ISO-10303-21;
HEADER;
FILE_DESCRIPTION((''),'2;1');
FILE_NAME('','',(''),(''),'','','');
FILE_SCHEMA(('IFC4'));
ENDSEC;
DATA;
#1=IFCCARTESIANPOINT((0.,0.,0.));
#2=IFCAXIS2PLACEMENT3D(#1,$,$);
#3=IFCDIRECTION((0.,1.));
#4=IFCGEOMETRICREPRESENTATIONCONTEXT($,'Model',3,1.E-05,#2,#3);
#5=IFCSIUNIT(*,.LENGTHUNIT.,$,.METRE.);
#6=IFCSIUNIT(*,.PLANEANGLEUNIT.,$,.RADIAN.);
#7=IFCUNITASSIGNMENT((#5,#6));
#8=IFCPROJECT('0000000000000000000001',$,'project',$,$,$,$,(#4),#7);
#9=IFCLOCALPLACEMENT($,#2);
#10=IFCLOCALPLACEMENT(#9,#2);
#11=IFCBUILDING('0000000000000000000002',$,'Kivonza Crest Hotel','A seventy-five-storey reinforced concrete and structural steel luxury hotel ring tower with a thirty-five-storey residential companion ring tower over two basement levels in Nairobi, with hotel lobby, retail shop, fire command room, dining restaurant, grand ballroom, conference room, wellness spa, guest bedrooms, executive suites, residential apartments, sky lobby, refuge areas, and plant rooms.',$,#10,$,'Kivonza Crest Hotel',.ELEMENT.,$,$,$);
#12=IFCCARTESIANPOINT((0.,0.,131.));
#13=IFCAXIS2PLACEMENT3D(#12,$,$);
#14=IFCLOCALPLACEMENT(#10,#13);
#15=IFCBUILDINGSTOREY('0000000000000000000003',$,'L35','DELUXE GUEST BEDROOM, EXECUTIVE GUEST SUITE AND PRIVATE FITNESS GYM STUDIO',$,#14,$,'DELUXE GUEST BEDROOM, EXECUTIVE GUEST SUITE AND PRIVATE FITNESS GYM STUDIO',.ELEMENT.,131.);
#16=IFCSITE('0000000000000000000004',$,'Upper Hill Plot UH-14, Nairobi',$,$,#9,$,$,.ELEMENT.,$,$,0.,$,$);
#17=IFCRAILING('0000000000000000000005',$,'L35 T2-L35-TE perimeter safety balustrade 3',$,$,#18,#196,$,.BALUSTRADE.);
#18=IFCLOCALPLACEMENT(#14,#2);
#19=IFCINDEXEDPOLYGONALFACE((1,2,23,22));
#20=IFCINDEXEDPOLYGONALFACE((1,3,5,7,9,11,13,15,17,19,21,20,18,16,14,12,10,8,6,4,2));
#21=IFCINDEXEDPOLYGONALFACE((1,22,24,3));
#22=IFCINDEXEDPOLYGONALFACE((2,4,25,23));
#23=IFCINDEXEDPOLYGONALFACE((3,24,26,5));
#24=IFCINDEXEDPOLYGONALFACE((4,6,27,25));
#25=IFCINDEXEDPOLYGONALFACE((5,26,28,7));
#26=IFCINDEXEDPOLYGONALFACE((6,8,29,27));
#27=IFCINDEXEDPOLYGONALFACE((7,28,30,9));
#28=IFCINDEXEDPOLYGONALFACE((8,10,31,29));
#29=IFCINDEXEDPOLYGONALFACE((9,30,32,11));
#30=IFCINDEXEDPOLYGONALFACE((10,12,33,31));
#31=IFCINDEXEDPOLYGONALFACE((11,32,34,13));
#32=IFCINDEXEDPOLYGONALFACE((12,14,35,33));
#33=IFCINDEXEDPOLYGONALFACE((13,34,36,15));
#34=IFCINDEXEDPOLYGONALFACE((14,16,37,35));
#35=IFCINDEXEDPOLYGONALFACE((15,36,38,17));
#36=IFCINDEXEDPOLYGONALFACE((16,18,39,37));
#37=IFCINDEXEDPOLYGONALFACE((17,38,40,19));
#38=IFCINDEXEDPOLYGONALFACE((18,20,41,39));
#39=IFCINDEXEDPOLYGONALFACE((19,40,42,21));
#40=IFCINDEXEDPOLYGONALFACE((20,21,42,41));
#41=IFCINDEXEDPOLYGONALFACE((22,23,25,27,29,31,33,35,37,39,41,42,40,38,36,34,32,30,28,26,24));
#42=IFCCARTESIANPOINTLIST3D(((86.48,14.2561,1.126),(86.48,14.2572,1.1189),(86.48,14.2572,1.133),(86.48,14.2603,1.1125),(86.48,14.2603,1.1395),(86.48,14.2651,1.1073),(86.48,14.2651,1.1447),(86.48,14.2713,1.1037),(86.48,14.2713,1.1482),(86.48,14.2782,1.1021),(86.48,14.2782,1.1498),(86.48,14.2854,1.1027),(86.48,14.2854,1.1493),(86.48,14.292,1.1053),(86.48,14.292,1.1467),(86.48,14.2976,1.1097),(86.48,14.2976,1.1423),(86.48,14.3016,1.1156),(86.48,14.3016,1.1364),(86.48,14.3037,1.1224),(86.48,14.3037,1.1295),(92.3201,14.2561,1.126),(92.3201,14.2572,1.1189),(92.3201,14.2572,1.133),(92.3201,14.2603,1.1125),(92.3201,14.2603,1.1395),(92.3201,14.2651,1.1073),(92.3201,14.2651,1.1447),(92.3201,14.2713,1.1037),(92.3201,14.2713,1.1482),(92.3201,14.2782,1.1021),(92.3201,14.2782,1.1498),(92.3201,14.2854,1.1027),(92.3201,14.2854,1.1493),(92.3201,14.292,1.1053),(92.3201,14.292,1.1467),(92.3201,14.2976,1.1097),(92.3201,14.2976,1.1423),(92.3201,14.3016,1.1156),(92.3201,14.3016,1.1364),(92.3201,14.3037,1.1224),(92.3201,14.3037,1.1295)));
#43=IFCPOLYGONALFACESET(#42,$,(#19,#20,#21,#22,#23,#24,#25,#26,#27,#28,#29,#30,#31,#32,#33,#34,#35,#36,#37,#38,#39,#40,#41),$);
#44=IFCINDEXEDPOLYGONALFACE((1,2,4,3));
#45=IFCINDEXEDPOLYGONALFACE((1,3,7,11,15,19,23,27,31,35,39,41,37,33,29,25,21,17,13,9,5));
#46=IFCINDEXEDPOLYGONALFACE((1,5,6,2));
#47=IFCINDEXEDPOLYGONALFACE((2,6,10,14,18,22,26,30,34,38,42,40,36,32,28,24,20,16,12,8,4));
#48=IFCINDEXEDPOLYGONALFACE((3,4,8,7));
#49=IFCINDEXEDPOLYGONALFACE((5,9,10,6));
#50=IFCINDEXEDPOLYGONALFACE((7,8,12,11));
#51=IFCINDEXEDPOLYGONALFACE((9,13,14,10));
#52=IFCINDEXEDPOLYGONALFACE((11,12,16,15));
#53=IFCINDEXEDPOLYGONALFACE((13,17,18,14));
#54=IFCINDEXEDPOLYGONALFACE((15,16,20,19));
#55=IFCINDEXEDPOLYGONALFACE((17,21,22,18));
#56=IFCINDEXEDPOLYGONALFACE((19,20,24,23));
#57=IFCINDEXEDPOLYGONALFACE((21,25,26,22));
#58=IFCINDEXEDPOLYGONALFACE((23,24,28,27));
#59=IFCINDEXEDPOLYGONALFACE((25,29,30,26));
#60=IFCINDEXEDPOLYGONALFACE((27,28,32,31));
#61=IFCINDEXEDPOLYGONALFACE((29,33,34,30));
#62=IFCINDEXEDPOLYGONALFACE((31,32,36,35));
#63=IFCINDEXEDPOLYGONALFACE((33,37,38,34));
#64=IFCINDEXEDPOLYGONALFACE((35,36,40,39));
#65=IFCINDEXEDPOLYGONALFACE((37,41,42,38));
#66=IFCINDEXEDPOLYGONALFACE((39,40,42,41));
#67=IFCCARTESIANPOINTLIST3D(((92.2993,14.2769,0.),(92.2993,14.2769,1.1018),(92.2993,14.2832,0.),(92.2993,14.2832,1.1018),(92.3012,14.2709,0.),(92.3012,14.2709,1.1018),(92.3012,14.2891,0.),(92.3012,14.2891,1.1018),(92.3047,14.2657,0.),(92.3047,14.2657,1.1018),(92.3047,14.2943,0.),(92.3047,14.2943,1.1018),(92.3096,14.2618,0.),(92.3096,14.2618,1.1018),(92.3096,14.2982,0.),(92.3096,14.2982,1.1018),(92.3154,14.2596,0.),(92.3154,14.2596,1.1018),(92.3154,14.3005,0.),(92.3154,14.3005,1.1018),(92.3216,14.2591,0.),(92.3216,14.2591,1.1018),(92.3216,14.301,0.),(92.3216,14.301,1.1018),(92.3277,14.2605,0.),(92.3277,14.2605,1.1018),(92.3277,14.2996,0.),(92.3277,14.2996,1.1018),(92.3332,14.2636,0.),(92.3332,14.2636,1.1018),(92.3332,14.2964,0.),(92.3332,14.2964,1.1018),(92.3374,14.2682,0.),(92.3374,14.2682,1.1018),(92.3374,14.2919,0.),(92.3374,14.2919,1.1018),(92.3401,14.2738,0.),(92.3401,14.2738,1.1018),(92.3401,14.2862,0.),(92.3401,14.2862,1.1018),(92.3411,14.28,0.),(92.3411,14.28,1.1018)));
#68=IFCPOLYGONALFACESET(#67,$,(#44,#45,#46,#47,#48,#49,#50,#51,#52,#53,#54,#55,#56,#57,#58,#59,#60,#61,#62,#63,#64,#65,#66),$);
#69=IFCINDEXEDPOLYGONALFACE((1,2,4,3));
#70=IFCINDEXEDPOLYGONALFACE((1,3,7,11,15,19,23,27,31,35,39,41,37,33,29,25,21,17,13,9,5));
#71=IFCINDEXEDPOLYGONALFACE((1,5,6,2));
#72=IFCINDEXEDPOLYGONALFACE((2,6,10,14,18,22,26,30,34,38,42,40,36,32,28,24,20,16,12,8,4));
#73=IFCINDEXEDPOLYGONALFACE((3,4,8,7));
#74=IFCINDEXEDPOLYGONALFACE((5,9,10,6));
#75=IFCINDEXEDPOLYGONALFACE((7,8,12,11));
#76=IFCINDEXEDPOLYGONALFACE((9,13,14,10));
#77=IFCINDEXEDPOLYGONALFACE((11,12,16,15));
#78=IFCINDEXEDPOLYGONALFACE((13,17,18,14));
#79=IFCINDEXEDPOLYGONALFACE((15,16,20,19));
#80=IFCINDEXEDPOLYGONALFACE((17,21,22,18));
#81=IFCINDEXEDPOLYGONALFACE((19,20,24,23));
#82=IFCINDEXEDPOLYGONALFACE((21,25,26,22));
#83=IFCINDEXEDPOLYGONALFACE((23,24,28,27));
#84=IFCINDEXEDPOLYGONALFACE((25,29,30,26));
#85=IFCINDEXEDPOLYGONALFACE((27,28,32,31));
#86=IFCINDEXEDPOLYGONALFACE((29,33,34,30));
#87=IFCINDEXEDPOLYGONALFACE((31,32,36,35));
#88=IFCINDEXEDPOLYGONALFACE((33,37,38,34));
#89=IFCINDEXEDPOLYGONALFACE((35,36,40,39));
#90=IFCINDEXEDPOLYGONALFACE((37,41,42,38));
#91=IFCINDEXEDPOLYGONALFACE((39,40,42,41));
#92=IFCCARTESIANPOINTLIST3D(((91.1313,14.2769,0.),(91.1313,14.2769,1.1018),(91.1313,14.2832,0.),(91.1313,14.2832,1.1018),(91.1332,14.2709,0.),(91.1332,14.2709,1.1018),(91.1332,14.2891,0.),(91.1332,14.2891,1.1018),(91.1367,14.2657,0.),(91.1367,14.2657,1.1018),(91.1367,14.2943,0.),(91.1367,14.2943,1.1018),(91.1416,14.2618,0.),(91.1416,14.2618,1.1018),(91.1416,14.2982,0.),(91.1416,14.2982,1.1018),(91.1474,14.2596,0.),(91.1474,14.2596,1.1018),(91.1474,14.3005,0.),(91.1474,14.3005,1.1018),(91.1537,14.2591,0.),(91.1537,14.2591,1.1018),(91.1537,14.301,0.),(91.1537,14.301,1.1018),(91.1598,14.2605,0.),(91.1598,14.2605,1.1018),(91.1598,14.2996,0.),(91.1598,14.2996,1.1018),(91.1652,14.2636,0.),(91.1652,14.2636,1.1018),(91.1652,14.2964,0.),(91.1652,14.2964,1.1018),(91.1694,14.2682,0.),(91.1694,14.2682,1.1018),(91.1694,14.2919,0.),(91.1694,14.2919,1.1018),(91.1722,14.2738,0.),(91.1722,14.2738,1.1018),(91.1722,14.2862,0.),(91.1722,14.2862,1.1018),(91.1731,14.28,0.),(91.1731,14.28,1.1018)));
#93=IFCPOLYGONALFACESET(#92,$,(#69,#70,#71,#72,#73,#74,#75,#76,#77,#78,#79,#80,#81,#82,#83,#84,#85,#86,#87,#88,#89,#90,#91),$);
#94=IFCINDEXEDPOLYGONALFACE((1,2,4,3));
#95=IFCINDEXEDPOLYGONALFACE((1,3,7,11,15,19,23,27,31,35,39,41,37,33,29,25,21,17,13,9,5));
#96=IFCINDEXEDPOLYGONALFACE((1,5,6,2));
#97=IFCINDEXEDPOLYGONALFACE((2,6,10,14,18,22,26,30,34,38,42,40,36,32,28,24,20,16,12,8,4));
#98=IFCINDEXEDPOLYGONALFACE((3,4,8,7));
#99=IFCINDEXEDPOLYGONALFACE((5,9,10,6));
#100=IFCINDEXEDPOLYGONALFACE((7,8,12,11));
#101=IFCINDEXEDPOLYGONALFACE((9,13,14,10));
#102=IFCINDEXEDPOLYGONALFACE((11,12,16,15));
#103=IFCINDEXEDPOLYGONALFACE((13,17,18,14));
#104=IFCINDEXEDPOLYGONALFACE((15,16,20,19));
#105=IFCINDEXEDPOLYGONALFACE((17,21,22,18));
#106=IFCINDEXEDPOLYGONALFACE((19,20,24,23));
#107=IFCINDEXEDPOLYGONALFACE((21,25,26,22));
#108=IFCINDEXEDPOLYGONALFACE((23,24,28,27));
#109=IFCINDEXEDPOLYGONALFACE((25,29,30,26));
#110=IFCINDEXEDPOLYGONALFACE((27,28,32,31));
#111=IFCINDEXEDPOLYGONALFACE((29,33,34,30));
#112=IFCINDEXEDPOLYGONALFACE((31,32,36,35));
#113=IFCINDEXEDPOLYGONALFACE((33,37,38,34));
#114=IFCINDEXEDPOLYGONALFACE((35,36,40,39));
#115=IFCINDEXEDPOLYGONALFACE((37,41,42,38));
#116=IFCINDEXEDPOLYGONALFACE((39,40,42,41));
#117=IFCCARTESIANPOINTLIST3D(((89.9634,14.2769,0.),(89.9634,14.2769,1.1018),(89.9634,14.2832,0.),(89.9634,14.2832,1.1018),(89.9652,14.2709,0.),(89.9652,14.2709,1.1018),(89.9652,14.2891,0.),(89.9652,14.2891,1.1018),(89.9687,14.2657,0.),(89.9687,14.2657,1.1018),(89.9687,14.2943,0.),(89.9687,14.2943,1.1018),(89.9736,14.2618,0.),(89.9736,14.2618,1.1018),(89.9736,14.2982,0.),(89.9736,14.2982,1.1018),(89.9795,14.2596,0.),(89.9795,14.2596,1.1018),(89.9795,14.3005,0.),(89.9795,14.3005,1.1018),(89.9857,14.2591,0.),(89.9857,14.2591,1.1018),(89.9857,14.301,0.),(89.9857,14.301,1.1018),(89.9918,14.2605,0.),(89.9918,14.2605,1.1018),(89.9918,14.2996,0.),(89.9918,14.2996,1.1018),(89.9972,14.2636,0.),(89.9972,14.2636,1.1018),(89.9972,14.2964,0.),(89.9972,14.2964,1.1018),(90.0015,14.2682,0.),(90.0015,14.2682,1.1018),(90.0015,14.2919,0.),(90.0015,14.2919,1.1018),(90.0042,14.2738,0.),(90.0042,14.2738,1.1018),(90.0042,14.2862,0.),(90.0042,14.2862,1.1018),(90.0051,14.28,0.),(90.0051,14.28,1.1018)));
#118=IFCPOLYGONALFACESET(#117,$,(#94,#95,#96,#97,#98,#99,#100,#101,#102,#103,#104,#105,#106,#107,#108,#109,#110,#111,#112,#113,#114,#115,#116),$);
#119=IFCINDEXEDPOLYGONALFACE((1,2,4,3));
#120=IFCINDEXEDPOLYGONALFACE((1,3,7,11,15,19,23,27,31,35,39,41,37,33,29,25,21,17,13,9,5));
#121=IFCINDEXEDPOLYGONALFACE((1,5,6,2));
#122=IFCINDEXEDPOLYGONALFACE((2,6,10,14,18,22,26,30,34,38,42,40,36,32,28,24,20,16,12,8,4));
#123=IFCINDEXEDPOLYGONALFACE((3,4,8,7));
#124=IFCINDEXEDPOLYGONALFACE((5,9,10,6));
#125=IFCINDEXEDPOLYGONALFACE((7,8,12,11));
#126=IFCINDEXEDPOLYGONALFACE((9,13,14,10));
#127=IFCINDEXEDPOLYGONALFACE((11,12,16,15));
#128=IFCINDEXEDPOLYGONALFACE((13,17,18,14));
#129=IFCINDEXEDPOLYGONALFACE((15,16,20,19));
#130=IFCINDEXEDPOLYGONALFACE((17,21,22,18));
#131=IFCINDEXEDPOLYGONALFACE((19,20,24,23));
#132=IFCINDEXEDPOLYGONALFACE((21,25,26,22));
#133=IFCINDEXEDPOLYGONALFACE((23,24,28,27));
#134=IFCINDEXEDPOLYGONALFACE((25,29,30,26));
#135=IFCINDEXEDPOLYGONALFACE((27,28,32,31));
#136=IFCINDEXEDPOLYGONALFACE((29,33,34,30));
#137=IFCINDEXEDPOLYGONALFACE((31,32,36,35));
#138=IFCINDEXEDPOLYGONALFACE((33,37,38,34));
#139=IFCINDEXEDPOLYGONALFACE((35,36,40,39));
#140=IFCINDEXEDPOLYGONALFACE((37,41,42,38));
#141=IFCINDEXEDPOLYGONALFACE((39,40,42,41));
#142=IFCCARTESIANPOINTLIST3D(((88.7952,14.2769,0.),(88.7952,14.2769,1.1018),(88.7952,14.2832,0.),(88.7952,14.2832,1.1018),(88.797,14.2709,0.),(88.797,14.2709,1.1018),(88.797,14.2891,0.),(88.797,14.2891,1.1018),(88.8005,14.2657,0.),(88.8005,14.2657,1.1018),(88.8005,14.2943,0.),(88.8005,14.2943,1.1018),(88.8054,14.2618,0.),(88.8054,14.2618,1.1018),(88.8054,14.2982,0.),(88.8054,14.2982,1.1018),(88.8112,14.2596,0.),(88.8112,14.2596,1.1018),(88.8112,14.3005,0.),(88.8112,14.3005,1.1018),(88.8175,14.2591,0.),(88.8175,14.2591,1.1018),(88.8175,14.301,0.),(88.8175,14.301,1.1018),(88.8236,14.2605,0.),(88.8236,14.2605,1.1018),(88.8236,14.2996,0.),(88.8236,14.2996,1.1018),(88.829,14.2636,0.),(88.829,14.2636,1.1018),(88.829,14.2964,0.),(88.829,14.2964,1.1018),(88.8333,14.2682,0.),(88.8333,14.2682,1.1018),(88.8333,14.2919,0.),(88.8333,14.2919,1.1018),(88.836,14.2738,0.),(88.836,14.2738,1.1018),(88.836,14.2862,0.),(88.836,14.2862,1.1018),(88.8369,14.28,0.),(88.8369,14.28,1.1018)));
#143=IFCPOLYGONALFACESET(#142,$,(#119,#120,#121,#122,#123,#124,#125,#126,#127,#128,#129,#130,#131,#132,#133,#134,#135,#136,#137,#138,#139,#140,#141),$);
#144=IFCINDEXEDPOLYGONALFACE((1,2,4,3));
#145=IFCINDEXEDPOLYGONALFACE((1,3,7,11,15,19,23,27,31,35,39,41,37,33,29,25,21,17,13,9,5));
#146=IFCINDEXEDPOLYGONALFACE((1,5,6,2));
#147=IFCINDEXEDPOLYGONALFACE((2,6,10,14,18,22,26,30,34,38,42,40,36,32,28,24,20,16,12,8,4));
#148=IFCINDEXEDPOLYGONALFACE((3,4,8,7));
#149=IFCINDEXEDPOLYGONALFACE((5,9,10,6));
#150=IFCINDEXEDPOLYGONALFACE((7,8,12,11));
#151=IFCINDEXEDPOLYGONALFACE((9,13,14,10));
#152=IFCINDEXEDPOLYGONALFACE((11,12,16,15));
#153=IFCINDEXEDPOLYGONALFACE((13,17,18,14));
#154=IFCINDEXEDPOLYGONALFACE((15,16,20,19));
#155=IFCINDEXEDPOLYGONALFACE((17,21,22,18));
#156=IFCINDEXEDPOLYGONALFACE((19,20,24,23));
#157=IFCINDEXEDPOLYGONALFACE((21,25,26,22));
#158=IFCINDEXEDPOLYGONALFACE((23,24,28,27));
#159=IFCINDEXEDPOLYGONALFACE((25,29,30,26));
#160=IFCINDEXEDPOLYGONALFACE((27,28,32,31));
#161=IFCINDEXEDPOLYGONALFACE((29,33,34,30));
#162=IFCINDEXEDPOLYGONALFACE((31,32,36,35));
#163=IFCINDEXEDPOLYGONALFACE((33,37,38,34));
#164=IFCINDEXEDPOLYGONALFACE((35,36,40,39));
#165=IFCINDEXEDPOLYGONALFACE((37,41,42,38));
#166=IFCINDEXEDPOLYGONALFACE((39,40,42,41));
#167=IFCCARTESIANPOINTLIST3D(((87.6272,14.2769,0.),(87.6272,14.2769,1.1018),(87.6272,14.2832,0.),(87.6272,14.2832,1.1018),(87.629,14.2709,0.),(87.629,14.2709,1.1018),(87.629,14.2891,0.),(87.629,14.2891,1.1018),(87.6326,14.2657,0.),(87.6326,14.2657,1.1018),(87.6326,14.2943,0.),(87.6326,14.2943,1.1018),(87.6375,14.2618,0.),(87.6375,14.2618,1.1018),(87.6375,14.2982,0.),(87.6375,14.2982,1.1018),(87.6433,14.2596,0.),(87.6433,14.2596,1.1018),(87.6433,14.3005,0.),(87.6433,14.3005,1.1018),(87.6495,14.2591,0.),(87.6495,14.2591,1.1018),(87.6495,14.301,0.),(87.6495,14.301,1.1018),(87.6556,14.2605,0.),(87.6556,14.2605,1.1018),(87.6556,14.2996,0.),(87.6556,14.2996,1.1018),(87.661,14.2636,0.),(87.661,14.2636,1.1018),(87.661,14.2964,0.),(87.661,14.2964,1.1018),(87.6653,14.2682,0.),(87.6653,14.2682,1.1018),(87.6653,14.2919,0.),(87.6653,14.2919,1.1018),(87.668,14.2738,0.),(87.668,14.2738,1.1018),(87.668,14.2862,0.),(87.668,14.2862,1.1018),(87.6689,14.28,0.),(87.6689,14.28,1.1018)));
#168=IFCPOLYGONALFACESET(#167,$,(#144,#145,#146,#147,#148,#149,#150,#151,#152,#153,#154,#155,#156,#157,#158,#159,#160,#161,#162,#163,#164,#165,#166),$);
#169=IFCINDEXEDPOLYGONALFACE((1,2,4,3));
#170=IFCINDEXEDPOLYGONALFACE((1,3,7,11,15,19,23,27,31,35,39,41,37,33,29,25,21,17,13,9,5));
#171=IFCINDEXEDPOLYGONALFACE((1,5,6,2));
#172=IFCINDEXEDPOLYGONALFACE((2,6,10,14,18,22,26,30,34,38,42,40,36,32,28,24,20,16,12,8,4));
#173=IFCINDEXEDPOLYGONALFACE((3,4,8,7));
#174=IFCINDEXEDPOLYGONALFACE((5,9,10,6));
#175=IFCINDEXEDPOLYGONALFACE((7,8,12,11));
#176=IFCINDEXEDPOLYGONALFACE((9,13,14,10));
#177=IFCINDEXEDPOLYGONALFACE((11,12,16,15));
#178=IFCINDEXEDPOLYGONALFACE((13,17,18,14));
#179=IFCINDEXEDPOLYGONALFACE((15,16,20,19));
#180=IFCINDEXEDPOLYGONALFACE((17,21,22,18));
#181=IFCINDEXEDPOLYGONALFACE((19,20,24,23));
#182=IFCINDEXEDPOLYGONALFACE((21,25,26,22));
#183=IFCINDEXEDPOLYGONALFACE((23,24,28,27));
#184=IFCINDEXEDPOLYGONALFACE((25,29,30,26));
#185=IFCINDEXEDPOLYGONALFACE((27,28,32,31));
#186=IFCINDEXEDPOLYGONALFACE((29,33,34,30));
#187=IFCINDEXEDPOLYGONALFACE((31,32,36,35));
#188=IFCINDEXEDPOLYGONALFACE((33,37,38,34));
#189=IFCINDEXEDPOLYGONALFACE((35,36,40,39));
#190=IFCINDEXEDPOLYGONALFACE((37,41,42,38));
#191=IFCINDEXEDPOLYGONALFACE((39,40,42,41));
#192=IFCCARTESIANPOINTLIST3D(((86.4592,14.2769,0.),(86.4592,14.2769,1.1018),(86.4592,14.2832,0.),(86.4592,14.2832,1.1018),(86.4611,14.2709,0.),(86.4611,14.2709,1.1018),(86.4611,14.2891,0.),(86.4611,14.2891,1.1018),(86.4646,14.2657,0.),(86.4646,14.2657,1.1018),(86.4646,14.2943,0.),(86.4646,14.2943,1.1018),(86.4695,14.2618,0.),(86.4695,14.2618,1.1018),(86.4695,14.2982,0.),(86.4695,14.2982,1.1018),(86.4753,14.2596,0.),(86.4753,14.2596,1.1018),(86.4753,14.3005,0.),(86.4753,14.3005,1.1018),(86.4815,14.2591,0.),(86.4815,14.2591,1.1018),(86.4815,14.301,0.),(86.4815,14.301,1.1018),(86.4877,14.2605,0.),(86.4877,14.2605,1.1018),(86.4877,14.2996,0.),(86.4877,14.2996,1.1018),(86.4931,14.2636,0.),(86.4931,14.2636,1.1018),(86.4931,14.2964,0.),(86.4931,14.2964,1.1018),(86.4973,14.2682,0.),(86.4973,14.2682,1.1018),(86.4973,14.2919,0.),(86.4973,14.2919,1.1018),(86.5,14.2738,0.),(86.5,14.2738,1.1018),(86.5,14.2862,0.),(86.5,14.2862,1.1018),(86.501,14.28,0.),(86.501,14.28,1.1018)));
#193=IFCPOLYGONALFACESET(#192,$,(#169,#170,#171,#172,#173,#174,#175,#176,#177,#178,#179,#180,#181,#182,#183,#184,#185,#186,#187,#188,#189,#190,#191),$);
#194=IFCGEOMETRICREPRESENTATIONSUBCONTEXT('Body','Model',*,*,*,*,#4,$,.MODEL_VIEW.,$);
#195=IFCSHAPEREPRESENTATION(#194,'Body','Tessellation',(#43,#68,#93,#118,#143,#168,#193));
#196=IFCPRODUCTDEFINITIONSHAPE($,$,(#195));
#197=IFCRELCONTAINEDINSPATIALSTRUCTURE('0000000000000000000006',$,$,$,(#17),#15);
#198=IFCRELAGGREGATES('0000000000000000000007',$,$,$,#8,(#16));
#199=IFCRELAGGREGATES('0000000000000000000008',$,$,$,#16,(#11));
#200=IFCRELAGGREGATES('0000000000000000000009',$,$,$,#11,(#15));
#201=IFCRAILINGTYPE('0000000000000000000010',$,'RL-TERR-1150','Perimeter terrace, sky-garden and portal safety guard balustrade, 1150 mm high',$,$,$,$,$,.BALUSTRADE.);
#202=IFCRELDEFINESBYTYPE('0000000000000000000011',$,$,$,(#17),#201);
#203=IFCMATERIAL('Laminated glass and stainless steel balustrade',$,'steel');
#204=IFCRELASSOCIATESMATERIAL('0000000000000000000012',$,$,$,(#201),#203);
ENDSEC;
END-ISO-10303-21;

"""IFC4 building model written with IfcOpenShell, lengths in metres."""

from ifc_helpers import new_model, si_unit, direction, frame, origin, origin_2d, place, context, subcontext, project, spatial, circle, extrude, material, type_object, element, save


model = new_model("IFC4")

# Units and contexts
model_context = context("Model", 3, precision=1e-05, world=origin(), true_north=direction((0.0, 1.0)))
body_context = subcontext(model_context, "Body", "Model", "MODEL_VIEW")
ifc_project = project(units=[si_unit("LENGTHUNIT", "METRE"), si_unit("PLANEANGLEUNIT", "RADIAN")], contexts=[model_context])

# Site, building, storey
site_placement = place(None, origin())
site = spatial("IfcSite", under=ifc_project, at=site_placement, Name="Upper Hill Plot UH-14, Nairobi", CompositionType="ELEMENT", RefElevation=0.0)
building_placement = place(site_placement, origin())
building = spatial("IfcBuilding", under=site, at=building_placement, Name="Kivonza Crest Hotel", Description="A seventy-five-storey reinforced concrete and structural steel luxury hotel ring tower with a thirty-five-storey residential companion ring tower over two basement levels in Nairobi, with hotel lobby, retail shop, fire command room, dining restaurant, grand ballroom, conference room, wellness spa, guest bedrooms, executive suites, residential apartments, sky lobby, refuge areas, and plant rooms.", LongName="Kivonza Crest Hotel", CompositionType="ELEMENT")
storey_placement = place(building_placement, frame((0.0, 0.0, 131.0)))
storey = spatial("IfcBuildingStorey", under=building, at=storey_placement, Name="L35", Description="DELUXE GUEST BEDROOM, EXECUTIVE GUEST SUITE AND PRIVATE FITNESS GYM STUDIO", LongName="DELUXE GUEST BEDROOM, EXECUTIVE GUEST SUITE AND PRIVATE FITNESS GYM STUDIO", CompositionType="ELEMENT", Elevation=131.0)

# Railing
ifc_material_1 = material(Name="Laminated glass and stainless steel balustrade", Category="steel")
railing_type_1 = type_object("IfcRailingType", Name="RL-TERR-1150", Description="Perimeter terrace, sky-garden and portal safety guard balustrade, 1150 mm high", PredefinedType="BALUSTRADE", material=ifc_material_1)
railing_1_placement = place(storey_placement, frame((92.3201, 14.28, 0.0)))
element("IfcRailing", 1, at=railing_1_placement, inside=storey, type_object=railing_type_1, Name="L35 T2-L35-TE perimeter safety balustrade 3", PredefinedType="BALUSTRADE", context=body_context, shape_type="SweptSolid", body=[
    extrude(circle(Radius=0.0239, at=origin_2d()), frame((0.0, 0.0, 1.126), z_axis=(-1.0, 0.0, 0.0), x_axis=(0.0, -1.0, 0.0)), (0.0, 0.0, 1.0), 5.8401),
    extrude(circle(Radius=0.021, at=origin_2d()), origin(), (0.0, 0.0, 1.0), 1.1018),
    extrude(circle(Radius=0.021, at=origin_2d()), frame((-1.168, 0.0, 0.0)), (0.0, 0.0, 1.0), 1.1018),
    extrude(circle(Radius=0.021, at=origin_2d()), frame((-2.3359, 0.0, 0.0)), (0.0, 0.0, 1.0), 1.1018),
    extrude(circle(Radius=0.021, at=origin_2d()), frame((-3.5042, 0.0, 0.0)), (0.0, 0.0, 1.0), 1.1018),
    extrude(circle(Radius=0.021, at=origin_2d()), frame((-4.6721, 0.0, 0.0)), (0.0, 0.0, 1.0), 1.1018),
    extrude(circle(Radius=0.021, at=origin_2d()), frame((-5.8401, 0.0, 0.0)), (0.0, 0.0, 1.0), 1.1018),
])

save(model, "model.ifc")
